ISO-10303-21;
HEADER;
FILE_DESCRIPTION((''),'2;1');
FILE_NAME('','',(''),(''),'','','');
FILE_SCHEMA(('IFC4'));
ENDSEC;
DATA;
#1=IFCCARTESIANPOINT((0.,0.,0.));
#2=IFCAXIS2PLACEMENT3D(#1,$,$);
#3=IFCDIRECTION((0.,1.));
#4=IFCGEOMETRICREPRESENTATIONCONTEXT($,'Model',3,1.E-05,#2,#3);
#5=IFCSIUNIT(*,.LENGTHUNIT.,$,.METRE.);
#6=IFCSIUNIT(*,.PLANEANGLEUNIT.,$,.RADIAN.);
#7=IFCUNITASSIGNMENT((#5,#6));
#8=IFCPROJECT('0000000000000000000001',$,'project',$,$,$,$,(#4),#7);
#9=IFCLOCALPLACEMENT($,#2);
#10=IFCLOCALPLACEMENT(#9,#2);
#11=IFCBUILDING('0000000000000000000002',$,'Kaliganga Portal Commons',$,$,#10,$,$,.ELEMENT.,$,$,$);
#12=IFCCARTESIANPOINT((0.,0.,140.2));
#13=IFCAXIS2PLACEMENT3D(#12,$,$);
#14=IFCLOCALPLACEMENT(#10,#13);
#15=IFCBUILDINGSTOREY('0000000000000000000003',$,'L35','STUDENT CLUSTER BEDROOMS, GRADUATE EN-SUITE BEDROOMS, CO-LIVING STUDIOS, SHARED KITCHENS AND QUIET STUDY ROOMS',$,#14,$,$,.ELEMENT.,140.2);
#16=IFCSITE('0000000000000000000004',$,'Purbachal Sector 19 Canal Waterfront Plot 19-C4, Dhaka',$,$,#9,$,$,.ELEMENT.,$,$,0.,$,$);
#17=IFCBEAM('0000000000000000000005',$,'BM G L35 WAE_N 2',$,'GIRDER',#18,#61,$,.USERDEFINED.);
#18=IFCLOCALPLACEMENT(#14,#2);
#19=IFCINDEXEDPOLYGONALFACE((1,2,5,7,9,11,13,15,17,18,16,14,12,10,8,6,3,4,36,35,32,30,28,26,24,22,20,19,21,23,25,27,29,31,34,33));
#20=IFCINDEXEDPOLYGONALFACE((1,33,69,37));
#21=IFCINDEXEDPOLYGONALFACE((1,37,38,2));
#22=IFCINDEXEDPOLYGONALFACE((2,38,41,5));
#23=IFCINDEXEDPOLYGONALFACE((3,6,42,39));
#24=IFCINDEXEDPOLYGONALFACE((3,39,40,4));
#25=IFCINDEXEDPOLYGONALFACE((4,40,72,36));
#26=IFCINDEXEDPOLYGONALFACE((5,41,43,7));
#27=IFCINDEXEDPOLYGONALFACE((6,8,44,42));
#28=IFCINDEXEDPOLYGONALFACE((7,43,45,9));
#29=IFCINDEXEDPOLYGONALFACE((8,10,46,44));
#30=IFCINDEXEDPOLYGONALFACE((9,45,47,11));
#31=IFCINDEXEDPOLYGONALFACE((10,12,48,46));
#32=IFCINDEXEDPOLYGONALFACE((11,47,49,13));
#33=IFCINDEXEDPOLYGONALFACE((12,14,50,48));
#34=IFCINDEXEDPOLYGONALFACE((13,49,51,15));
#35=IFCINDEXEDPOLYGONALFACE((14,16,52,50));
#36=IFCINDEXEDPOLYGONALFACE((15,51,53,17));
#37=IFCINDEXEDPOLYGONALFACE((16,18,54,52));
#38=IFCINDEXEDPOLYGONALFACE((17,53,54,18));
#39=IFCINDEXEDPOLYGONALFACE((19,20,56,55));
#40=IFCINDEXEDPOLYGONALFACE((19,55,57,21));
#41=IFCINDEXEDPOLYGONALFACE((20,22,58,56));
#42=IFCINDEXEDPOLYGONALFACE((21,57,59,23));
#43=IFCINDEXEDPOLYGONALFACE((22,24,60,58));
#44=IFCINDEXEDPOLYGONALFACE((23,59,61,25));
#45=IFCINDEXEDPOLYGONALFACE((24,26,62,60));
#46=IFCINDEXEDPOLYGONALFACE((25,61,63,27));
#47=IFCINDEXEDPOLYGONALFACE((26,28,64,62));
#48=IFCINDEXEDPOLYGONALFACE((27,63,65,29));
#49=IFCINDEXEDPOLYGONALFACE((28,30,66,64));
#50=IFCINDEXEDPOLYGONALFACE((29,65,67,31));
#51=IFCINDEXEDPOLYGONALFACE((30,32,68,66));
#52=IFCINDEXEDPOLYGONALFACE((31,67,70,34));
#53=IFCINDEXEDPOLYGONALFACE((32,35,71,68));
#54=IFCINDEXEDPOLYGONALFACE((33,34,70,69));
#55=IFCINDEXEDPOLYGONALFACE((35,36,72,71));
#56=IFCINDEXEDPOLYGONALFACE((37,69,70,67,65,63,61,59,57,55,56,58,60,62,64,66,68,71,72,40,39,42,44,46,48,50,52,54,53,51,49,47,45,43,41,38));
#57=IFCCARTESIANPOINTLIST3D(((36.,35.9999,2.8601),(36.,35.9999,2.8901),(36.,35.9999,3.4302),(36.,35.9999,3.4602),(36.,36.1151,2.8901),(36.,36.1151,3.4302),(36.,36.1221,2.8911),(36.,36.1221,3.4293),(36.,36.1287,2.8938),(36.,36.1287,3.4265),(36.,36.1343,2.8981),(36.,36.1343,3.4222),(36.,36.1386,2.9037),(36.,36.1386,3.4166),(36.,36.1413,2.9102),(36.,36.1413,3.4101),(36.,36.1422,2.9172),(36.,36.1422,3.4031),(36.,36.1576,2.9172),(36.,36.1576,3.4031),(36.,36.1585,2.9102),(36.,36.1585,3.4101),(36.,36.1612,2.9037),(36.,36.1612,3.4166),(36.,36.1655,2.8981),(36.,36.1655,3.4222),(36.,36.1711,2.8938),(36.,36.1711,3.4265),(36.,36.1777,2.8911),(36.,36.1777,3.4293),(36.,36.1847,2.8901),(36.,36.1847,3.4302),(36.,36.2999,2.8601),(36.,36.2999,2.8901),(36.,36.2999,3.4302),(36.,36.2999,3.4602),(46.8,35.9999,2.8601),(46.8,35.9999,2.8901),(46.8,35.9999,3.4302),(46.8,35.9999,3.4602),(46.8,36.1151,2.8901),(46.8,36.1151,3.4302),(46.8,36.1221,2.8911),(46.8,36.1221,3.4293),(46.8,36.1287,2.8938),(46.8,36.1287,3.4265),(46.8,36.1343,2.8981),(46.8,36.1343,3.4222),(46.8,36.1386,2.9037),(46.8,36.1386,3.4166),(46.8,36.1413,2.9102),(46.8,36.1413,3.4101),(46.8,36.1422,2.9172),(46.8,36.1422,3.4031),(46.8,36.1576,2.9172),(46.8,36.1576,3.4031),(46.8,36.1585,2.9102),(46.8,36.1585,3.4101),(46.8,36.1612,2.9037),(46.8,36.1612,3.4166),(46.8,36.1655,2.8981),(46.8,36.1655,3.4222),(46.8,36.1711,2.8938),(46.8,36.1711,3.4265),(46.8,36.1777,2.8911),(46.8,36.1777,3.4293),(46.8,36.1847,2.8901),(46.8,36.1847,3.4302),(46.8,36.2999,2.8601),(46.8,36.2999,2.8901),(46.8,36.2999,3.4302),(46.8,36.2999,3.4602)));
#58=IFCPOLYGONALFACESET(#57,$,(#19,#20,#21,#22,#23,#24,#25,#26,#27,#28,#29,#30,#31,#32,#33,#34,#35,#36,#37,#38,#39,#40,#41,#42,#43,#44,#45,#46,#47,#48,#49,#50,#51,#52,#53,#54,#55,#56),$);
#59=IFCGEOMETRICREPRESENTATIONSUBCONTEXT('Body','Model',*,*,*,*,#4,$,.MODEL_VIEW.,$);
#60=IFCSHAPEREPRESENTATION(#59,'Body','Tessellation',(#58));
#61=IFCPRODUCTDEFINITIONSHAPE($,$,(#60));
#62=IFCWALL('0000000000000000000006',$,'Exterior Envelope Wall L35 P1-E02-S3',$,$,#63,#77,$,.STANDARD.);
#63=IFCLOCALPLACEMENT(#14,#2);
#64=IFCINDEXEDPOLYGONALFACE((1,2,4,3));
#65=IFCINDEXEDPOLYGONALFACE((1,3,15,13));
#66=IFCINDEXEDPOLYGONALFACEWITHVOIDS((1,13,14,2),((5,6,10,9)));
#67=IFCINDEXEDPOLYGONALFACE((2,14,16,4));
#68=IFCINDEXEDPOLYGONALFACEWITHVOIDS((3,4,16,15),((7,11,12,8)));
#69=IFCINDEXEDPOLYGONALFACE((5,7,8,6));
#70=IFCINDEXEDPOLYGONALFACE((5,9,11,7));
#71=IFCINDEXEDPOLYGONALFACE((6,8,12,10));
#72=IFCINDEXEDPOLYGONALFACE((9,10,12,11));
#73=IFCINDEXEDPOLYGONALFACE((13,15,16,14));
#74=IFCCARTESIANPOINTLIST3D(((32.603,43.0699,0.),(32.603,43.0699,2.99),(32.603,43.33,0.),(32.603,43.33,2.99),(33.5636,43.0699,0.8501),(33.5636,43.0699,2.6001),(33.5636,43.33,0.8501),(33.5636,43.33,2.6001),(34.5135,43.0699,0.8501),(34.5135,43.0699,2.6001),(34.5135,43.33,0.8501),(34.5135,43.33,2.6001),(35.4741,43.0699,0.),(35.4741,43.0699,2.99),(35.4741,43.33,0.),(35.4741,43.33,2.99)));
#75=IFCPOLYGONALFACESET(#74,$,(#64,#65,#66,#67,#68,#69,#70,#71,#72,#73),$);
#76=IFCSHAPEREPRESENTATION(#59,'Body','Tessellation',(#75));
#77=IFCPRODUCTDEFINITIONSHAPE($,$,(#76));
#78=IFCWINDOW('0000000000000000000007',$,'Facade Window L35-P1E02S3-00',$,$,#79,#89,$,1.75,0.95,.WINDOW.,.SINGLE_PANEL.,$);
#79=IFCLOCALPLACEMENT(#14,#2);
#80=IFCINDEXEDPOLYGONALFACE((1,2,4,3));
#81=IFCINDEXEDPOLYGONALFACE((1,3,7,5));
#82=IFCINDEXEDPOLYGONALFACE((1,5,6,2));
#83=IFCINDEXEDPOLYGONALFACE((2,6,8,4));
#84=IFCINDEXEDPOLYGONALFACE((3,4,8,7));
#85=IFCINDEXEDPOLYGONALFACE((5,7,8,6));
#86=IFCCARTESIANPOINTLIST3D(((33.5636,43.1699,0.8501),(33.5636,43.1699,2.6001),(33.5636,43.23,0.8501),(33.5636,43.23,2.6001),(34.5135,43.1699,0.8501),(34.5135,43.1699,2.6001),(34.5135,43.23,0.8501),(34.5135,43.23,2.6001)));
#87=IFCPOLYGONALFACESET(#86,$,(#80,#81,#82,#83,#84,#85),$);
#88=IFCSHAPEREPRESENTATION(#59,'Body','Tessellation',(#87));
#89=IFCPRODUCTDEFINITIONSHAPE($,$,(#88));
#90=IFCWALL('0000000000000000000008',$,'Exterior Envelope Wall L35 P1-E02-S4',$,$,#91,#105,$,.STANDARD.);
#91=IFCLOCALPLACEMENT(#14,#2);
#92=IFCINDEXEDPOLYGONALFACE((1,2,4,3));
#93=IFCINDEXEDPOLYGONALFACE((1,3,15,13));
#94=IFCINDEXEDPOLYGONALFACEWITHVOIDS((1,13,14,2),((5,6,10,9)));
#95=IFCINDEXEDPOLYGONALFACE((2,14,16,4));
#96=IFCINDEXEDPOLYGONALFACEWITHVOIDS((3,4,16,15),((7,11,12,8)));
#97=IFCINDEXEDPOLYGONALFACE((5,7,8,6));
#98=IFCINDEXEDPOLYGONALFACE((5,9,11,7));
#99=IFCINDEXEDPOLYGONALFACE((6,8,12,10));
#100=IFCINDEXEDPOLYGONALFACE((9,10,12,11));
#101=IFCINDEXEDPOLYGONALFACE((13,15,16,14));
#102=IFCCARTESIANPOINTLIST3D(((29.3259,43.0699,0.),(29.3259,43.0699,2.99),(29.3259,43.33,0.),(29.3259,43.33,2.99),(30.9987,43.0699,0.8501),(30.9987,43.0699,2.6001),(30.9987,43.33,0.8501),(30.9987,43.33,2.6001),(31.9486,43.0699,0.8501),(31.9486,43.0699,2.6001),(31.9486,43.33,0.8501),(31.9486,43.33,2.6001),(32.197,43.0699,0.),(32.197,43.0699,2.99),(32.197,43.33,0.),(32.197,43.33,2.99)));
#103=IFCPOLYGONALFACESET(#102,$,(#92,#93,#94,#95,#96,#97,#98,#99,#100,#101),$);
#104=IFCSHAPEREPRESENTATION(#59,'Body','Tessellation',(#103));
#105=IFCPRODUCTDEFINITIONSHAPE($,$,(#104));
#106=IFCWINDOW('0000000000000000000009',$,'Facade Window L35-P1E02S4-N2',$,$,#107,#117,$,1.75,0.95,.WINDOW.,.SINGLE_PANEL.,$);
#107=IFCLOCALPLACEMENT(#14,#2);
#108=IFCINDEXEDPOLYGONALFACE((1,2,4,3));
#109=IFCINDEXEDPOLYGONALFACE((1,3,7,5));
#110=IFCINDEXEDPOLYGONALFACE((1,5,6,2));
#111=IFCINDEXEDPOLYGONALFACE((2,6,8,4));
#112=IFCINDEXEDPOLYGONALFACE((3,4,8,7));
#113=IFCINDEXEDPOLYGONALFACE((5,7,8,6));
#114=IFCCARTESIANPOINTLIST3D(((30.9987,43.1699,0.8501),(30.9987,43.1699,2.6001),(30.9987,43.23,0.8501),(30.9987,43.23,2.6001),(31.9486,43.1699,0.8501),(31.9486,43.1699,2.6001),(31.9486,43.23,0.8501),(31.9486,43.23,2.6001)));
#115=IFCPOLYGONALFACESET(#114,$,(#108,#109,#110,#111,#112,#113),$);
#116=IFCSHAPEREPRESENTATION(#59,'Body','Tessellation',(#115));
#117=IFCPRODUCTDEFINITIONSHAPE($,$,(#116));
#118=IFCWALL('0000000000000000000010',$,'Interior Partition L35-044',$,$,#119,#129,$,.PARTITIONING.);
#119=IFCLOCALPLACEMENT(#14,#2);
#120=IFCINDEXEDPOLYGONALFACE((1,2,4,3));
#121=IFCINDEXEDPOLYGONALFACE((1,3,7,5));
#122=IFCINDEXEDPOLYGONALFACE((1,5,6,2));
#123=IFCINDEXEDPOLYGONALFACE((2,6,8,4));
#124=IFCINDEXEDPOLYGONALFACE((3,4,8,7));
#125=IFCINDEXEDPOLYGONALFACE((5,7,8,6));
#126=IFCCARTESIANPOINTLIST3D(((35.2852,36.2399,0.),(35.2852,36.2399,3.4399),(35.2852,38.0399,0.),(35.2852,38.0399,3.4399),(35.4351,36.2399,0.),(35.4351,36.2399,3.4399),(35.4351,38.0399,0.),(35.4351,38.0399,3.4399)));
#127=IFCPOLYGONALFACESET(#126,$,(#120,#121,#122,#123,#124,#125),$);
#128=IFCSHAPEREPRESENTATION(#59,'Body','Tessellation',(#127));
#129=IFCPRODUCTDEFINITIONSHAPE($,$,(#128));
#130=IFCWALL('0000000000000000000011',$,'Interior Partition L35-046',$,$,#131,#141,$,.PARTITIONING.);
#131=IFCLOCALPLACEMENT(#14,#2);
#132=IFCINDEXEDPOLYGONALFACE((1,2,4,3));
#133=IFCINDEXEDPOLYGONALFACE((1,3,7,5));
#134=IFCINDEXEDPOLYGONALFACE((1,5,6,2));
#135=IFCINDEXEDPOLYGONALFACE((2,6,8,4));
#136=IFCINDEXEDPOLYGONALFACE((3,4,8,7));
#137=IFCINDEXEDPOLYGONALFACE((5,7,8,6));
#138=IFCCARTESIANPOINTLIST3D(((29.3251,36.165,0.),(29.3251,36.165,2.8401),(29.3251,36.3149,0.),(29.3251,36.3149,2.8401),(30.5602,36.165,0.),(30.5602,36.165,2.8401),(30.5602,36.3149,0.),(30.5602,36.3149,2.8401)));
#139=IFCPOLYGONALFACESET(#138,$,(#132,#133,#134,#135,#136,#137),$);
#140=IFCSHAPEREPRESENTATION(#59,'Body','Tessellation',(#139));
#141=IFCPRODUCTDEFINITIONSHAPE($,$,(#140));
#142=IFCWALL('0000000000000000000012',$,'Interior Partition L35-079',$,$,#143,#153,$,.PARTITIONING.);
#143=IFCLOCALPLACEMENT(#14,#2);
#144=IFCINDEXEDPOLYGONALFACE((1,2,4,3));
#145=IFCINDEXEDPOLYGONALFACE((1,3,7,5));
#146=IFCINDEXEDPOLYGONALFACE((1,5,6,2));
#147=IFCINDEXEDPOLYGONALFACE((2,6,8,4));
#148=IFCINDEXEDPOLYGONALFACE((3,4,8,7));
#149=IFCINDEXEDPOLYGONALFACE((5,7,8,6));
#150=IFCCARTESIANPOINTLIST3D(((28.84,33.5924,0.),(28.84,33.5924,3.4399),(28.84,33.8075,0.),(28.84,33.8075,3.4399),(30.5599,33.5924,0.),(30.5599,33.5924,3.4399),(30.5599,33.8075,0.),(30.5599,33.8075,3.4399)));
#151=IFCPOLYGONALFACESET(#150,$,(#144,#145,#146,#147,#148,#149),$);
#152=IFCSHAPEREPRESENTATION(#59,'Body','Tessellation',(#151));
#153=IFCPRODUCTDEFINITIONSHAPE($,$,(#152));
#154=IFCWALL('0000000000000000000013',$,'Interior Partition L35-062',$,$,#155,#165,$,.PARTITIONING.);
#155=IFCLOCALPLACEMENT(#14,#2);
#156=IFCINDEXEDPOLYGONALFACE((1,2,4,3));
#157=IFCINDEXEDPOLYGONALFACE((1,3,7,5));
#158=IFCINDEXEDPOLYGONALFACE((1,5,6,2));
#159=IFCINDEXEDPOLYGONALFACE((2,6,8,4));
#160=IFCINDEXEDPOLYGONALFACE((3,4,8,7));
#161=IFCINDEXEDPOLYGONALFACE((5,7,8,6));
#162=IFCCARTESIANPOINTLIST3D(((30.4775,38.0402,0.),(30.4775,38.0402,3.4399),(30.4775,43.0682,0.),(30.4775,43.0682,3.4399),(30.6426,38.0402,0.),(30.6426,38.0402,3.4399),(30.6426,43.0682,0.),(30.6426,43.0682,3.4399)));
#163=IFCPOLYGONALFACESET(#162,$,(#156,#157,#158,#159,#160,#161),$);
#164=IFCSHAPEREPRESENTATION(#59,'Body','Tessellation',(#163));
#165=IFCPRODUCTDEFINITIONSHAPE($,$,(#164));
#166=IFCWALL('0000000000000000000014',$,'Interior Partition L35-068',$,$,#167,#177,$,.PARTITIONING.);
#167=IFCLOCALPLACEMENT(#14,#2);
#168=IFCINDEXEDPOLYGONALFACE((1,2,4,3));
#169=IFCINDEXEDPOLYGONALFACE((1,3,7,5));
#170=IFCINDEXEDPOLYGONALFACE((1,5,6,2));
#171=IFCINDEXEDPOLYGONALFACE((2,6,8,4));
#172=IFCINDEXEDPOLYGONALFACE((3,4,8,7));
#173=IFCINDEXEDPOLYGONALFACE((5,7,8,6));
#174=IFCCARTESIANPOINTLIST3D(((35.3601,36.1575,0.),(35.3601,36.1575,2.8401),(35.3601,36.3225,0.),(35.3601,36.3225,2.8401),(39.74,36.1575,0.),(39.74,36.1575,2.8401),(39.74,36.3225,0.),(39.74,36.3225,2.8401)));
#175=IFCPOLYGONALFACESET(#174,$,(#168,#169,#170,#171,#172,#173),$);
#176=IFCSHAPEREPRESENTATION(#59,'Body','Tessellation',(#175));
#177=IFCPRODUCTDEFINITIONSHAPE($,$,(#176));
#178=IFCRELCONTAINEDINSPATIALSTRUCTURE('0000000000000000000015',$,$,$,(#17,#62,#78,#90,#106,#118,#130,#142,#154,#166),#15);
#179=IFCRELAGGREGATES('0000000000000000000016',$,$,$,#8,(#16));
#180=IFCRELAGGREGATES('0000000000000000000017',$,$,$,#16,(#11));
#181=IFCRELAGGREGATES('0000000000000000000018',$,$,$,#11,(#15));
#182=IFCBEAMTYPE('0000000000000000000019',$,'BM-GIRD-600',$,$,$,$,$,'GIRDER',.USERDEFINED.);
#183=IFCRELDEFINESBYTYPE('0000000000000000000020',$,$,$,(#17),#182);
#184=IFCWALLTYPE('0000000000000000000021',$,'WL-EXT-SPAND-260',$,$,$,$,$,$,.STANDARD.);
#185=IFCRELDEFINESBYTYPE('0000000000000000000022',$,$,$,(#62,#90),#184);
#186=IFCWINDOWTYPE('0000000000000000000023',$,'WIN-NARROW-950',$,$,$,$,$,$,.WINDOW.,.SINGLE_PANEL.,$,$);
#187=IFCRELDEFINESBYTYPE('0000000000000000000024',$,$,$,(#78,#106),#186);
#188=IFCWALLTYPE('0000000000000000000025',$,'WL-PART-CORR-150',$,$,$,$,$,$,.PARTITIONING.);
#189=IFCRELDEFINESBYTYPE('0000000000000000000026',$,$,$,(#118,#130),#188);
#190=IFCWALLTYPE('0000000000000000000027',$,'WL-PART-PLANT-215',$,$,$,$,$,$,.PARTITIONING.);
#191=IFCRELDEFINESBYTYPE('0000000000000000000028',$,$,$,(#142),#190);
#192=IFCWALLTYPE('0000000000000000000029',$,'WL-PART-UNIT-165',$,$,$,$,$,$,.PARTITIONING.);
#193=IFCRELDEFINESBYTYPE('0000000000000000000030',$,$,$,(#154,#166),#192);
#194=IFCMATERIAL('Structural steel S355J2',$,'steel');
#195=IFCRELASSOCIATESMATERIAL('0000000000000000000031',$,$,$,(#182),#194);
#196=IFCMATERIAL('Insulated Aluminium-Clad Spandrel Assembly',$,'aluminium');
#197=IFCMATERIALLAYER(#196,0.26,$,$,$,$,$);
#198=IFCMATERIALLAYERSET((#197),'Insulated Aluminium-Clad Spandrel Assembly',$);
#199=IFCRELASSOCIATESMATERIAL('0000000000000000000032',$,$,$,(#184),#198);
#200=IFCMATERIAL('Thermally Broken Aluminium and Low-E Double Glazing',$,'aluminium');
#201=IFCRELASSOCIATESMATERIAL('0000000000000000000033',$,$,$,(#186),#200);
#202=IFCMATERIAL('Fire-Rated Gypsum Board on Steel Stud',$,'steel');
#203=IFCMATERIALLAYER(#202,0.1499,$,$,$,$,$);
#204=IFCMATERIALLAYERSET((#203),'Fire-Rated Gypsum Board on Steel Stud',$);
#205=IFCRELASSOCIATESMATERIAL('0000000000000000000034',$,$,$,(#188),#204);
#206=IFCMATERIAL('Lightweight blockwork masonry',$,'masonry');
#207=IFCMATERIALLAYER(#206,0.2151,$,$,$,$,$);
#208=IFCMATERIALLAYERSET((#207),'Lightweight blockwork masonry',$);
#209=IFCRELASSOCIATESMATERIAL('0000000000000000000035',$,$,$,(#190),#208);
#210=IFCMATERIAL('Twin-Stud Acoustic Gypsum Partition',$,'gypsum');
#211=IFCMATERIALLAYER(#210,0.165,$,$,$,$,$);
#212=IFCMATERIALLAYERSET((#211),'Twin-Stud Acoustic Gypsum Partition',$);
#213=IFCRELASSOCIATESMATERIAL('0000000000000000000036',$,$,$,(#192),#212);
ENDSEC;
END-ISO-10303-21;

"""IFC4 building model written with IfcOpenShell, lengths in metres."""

from ifc_helpers import new_model, si_unit, direction, frame, frame_2d, origin, origin_2d, place, context, subcontext, project, spatial, rectangle, i_section, extrude, source, transform, mapped, material, layer, layer_set, material_profile, profile_set, type_object, element, fill, save


model = new_model("IFC4")

# Units and contexts
model_context = context("Model", 3, precision=1e-05, world=origin(), true_north=direction((0.0, 1.0)))
body_context = subcontext(model_context, "Body", "Model", "MODEL_VIEW")
ifc_project = project(units=[si_unit("LENGTHUNIT", "METRE"), si_unit("PLANEANGLEUNIT", "RADIAN")], contexts=[model_context])

# Site, building, storey
site_placement = place(None, origin())
site = spatial("IfcSite", under=ifc_project, at=site_placement, Name="Purbachal Sector 19 Canal Waterfront Plot 19-C4, Dhaka", CompositionType="ELEMENT", RefElevation=0.0)
building_placement = place(site_placement, origin())
building = spatial("IfcBuilding", under=site, at=building_placement, Name="Kaliganga Portal Commons", CompositionType="ELEMENT")
storey_placement = place(building_placement, frame((0.0, 0.0, 140.2)))
storey = spatial("IfcBuildingStorey", under=building, at=storey_placement, Name="L35", Description="STUDENT CLUSTER BEDROOMS, GRADUATE EN-SUITE BEDROOMS, CO-LIVING STUDIOS, SHARED KITCHENS AND QUIET STUDY ROOMS", CompositionType="ELEMENT", Elevation=140.2)

# Beam
ifc_material_1 = material(Name="Structural steel S355J2", Category="steel")
ifc_material_profile_1 = material_profile(ifc_material_1, i_section(OverallWidth=0.3, OverallDepth=0.6001, WebThickness=0.0154, FlangeThickness=0.03, FilletRadius=0.0271, at=origin_2d()), Name="HE 600 B")
ifc_profile_set_1 = profile_set([ifc_material_profile_1], Name="Structural steel S355J2 wide-flange")
beam_type_1 = type_object("IfcBeamType", Name="BM-GIRD-600", ElementType="GIRDER", PredefinedType="USERDEFINED", material=ifc_profile_set_1)
shared_shape_1 = source(origin(), body_context, "Body", "SweptSolid", [
    extrude(i_section(OverallWidth=0.3, OverallDepth=0.6001, WebThickness=0.0154, FlangeThickness=0.03, FilletRadius=0.0271, at=origin_2d()), origin(), (0.0, 0.0, 1.0), 10.8),
])
beam_1_placement = place(storey_placement, frame((36.0, 36.1499, 3.1602), z_axis=(1.0, 0.0, 0.0), x_axis=(0.0, 1.0, 0.0)))
element("IfcBeam", 1, at=beam_1_placement, inside=storey, type_object=beam_type_1, Name="BM G L35 WAE_N 2", ObjectType="GIRDER", PredefinedType="USERDEFINED", context=body_context, shape_type="MappedRepresentation", body=[
    mapped(shared_shape_1, transform((0.0, 0.0, 0.0), x_axis=(1.0, 0.0, 0.0), y_axis=(0.0, 1.0, 0.0), z_axis=(0.0, 0.0, 1.0), scale=1.0)),
])

# Walls, openings, windows
ifc_material_2 = material(Name="Insulated Aluminium-Clad Spandrel Assembly", Category="aluminium")
ifc_layer_1 = layer(ifc_material_2, 0.26)
ifc_layer_set_1 = layer_set([ifc_layer_1], Name="Insulated Aluminium-Clad Spandrel Assembly")
wall_type_1 = type_object("IfcWallType", Name="WL-EXT-SPAND-260", PredefinedType="STANDARD", material=ifc_layer_set_1)
wall_1_placement = place(storey_placement, frame((32.603, 43.2, 0.0), z_axis=(0.0, 0.0, 1.0), x_axis=(1.0, 0.0, 0.0)))
wall_1 = element("IfcWall", 2, at=wall_1_placement, inside=storey, type_object=wall_type_1, Name="Exterior Envelope Wall L35 P1-E02-S3", PredefinedType="STANDARD", context=body_context, shape_type="SweptSolid", body=[
    extrude(rectangle(XDim=2.8711, YDim=0.26, at=frame_2d((1.4355, 0.0))), origin(), (0.0, 0.0, 1.0), 2.99),
])
opening_1_placement = place(wall_1_placement, frame((0.9604, 0.0, 0.8501)))
opening_1 = element("IfcOpeningElement", 3, at=opening_1_placement, cuts=wall_1, PredefinedType="OPENING", context=body_context, shape_type="SweptSolid", body=[
    extrude(rectangle(XDim=0.95, YDim=1.75, at=frame_2d((0.4751, 0.875))), frame((0.0, 0.1401, 0.0), z_axis=(0.0, -1.0, 0.0), x_axis=(1.0, 0.0, 0.0)), (0.0, 0.0, 1.0), 0.28),
])
ifc_material_3 = material(Name="Thermally Broken Aluminium and Low-E Double Glazing", Category="aluminium")
window_type = type_object("IfcWindowType", Name="WIN-NARROW-950", PartitioningType="SINGLE_PANEL", PredefinedType="WINDOW", material=ifc_material_3)
window_1_placement = place(opening_1_placement, origin())
window_1 = element("IfcWindow", 4, at=window_1_placement, inside=storey, type_object=window_type, Name="Facade Window L35-P1E02S3-00", OverallHeight=1.75, OverallWidth=0.95, PartitioningType="SINGLE_PANEL", PredefinedType="WINDOW", context=body_context, shape_type="SweptSolid", body=[
    extrude(rectangle(XDim=0.95, YDim=1.75, at=frame_2d((0.4751, 0.875))), frame((0.0, 0.03, 0.0), z_axis=(0.0, -1.0, 0.0), x_axis=(1.0, 0.0, 0.0)), (0.0, 0.0, 1.0), 0.0601),
])
fill(opening_1, window_1)
wall_2_placement = place(storey_placement, frame((29.3259, 43.2, 0.0), z_axis=(0.0, 0.0, 1.0), x_axis=(1.0, 0.0, 0.0)))
wall_2 = element("IfcWall", 5, at=wall_2_placement, inside=storey, type_object=wall_type_1, Name="Exterior Envelope Wall L35 P1-E02-S4", PredefinedType="STANDARD", context=body_context, shape_type="SweptSolid", body=[
    extrude(rectangle(XDim=2.8711, YDim=0.26, at=frame_2d((1.4355, 0.0))), origin(), (0.0, 0.0, 1.0), 2.99),
])
opening_2_placement = place(wall_2_placement, frame((1.6726, 0.0, 0.8501)))
opening_2 = element("IfcOpeningElement", 6, at=opening_2_placement, cuts=wall_2, PredefinedType="OPENING", context=body_context, shape_type="SweptSolid", body=[
    extrude(rectangle(XDim=0.95, YDim=1.75, at=frame_2d((0.4751, 0.875))), frame((0.0, 0.1401, 0.0), z_axis=(0.0, -1.0, 0.0), x_axis=(1.0, 0.0, 0.0)), (0.0, 0.0, 1.0), 0.28),
])
window_2_placement = place(opening_2_placement, origin())
window_2 = element("IfcWindow", 7, at=window_2_placement, inside=storey, type_object=window_type, Name="Facade Window L35-P1E02S4-N2", OverallHeight=1.75, OverallWidth=0.95, PartitioningType="SINGLE_PANEL", PredefinedType="WINDOW", context=body_context, shape_type="SweptSolid", body=[
    extrude(rectangle(XDim=0.95, YDim=1.75, at=frame_2d((0.4751, 0.875))), frame((0.0, 0.03, 0.0), z_axis=(0.0, -1.0, 0.0), x_axis=(1.0, 0.0, 0.0)), (0.0, 0.0, 1.0), 0.0601),
])
fill(opening_2, window_2)

# Shared definitions
ifc_material_4 = material(Name="Fire-Rated Gypsum Board on Steel Stud", Category="steel")
ifc_layer_2 = layer(ifc_material_4, 0.1499)
ifc_layer_set_2 = layer_set([ifc_layer_2], Name="Fire-Rated Gypsum Board on Steel Stud")
wall_type_2 = type_object("IfcWallType", Name="WL-PART-CORR-150", PredefinedType="PARTITIONING", material=ifc_layer_set_2)

# Walls
wall_3_placement = place(storey_placement, frame((35.3601, 36.24, 0.0), z_axis=(0.0, 0.0, 1.0), x_axis=(0.0, 1.0, 0.0)))
element("IfcWall", 8, at=wall_3_placement, inside=storey, type_object=wall_type_2, Name="Interior Partition L35-044", PredefinedType="PARTITIONING", context=body_context, shape_type="SweptSolid", body=[
    extrude(rectangle(XDim=1.8, YDim=0.1499, at=frame_2d((0.8999, 0.0))), origin(), (0.0, 0.0, 1.0), 3.4399),
])
wall_4_placement = place(storey_placement, frame((29.325, 36.24, 0.0), z_axis=(0.0, 0.0, 1.0), x_axis=(1.0, 0.0, 0.0)))
element("IfcWall", 9, at=wall_4_placement, inside=storey, type_object=wall_type_2, Name="Interior Partition L35-046", PredefinedType="PARTITIONING", context=body_context, shape_type="SweptSolid", body=[
    extrude(rectangle(XDim=1.2351, YDim=0.1499, at=frame_2d((0.6177, 0.0))), origin(), (0.0, 0.0, 1.0), 2.8401),
])
ifc_material_5 = material(Name="Lightweight blockwork masonry", Category="masonry")
ifc_layer_3 = layer(ifc_material_5, 0.2151)
ifc_layer_set_3 = layer_set([ifc_layer_3], Name="Lightweight blockwork masonry")
wall_type_3 = type_object("IfcWallType", Name="WL-PART-PLANT-215", PredefinedType="PARTITIONING", material=ifc_layer_set_3)
wall_5_placement = place(storey_placement, frame((28.8401, 33.7, 0.0), z_axis=(0.0, 0.0, 1.0), x_axis=(1.0, 0.0, 0.0)))
element("IfcWall", 10, at=wall_5_placement, inside=storey, type_object=wall_type_3, Name="Interior Partition L35-079", PredefinedType="PARTITIONING", context=body_context, shape_type="SweptSolid", body=[
    extrude(rectangle(XDim=1.72, YDim=0.2151, at=frame_2d((0.8599, 0.0))), origin(), (0.0, 0.0, 1.0), 3.4399),
])
ifc_material_6 = material(Name="Twin-Stud Acoustic Gypsum Partition", Category="gypsum")
ifc_layer_4 = layer(ifc_material_6, 0.165)
ifc_layer_set_4 = layer_set([ifc_layer_4], Name="Twin-Stud Acoustic Gypsum Partition")
wall_type_4 = type_object("IfcWallType", Name="WL-PART-UNIT-165", PredefinedType="PARTITIONING", material=ifc_layer_set_4)
wall_6_placement = place(storey_placement, frame((30.5601, 38.04, 0.0), z_axis=(0.0, 0.0, 1.0), x_axis=(0.0, 1.0, 0.0)))
element("IfcWall", 11, at=wall_6_placement, inside=storey, type_object=wall_type_4, Name="Interior Partition L35-062", PredefinedType="PARTITIONING", context=body_context, shape_type="SweptSolid", body=[
    extrude(rectangle(XDim=5.0281, YDim=0.165, at=frame_2d((2.5142, 0.0))), origin(), (0.0, 0.0, 1.0), 3.4399),
])
wall_7_placement = place(storey_placement, frame((35.3601, 36.24, 0.0), z_axis=(0.0, 0.0, 1.0), x_axis=(1.0, 0.0, 0.0)))
element("IfcWall", 12, at=wall_7_placement, inside=storey, type_object=wall_type_4, Name="Interior Partition L35-068", PredefinedType="PARTITIONING", context=body_context, shape_type="SweptSolid", body=[
    extrude(rectangle(XDim=4.3799, YDim=0.165, at=frame_2d((2.1899, 0.0))), origin(), (0.0, 0.0, 1.0), 2.8401),
])

save(model, "model.ifc")
